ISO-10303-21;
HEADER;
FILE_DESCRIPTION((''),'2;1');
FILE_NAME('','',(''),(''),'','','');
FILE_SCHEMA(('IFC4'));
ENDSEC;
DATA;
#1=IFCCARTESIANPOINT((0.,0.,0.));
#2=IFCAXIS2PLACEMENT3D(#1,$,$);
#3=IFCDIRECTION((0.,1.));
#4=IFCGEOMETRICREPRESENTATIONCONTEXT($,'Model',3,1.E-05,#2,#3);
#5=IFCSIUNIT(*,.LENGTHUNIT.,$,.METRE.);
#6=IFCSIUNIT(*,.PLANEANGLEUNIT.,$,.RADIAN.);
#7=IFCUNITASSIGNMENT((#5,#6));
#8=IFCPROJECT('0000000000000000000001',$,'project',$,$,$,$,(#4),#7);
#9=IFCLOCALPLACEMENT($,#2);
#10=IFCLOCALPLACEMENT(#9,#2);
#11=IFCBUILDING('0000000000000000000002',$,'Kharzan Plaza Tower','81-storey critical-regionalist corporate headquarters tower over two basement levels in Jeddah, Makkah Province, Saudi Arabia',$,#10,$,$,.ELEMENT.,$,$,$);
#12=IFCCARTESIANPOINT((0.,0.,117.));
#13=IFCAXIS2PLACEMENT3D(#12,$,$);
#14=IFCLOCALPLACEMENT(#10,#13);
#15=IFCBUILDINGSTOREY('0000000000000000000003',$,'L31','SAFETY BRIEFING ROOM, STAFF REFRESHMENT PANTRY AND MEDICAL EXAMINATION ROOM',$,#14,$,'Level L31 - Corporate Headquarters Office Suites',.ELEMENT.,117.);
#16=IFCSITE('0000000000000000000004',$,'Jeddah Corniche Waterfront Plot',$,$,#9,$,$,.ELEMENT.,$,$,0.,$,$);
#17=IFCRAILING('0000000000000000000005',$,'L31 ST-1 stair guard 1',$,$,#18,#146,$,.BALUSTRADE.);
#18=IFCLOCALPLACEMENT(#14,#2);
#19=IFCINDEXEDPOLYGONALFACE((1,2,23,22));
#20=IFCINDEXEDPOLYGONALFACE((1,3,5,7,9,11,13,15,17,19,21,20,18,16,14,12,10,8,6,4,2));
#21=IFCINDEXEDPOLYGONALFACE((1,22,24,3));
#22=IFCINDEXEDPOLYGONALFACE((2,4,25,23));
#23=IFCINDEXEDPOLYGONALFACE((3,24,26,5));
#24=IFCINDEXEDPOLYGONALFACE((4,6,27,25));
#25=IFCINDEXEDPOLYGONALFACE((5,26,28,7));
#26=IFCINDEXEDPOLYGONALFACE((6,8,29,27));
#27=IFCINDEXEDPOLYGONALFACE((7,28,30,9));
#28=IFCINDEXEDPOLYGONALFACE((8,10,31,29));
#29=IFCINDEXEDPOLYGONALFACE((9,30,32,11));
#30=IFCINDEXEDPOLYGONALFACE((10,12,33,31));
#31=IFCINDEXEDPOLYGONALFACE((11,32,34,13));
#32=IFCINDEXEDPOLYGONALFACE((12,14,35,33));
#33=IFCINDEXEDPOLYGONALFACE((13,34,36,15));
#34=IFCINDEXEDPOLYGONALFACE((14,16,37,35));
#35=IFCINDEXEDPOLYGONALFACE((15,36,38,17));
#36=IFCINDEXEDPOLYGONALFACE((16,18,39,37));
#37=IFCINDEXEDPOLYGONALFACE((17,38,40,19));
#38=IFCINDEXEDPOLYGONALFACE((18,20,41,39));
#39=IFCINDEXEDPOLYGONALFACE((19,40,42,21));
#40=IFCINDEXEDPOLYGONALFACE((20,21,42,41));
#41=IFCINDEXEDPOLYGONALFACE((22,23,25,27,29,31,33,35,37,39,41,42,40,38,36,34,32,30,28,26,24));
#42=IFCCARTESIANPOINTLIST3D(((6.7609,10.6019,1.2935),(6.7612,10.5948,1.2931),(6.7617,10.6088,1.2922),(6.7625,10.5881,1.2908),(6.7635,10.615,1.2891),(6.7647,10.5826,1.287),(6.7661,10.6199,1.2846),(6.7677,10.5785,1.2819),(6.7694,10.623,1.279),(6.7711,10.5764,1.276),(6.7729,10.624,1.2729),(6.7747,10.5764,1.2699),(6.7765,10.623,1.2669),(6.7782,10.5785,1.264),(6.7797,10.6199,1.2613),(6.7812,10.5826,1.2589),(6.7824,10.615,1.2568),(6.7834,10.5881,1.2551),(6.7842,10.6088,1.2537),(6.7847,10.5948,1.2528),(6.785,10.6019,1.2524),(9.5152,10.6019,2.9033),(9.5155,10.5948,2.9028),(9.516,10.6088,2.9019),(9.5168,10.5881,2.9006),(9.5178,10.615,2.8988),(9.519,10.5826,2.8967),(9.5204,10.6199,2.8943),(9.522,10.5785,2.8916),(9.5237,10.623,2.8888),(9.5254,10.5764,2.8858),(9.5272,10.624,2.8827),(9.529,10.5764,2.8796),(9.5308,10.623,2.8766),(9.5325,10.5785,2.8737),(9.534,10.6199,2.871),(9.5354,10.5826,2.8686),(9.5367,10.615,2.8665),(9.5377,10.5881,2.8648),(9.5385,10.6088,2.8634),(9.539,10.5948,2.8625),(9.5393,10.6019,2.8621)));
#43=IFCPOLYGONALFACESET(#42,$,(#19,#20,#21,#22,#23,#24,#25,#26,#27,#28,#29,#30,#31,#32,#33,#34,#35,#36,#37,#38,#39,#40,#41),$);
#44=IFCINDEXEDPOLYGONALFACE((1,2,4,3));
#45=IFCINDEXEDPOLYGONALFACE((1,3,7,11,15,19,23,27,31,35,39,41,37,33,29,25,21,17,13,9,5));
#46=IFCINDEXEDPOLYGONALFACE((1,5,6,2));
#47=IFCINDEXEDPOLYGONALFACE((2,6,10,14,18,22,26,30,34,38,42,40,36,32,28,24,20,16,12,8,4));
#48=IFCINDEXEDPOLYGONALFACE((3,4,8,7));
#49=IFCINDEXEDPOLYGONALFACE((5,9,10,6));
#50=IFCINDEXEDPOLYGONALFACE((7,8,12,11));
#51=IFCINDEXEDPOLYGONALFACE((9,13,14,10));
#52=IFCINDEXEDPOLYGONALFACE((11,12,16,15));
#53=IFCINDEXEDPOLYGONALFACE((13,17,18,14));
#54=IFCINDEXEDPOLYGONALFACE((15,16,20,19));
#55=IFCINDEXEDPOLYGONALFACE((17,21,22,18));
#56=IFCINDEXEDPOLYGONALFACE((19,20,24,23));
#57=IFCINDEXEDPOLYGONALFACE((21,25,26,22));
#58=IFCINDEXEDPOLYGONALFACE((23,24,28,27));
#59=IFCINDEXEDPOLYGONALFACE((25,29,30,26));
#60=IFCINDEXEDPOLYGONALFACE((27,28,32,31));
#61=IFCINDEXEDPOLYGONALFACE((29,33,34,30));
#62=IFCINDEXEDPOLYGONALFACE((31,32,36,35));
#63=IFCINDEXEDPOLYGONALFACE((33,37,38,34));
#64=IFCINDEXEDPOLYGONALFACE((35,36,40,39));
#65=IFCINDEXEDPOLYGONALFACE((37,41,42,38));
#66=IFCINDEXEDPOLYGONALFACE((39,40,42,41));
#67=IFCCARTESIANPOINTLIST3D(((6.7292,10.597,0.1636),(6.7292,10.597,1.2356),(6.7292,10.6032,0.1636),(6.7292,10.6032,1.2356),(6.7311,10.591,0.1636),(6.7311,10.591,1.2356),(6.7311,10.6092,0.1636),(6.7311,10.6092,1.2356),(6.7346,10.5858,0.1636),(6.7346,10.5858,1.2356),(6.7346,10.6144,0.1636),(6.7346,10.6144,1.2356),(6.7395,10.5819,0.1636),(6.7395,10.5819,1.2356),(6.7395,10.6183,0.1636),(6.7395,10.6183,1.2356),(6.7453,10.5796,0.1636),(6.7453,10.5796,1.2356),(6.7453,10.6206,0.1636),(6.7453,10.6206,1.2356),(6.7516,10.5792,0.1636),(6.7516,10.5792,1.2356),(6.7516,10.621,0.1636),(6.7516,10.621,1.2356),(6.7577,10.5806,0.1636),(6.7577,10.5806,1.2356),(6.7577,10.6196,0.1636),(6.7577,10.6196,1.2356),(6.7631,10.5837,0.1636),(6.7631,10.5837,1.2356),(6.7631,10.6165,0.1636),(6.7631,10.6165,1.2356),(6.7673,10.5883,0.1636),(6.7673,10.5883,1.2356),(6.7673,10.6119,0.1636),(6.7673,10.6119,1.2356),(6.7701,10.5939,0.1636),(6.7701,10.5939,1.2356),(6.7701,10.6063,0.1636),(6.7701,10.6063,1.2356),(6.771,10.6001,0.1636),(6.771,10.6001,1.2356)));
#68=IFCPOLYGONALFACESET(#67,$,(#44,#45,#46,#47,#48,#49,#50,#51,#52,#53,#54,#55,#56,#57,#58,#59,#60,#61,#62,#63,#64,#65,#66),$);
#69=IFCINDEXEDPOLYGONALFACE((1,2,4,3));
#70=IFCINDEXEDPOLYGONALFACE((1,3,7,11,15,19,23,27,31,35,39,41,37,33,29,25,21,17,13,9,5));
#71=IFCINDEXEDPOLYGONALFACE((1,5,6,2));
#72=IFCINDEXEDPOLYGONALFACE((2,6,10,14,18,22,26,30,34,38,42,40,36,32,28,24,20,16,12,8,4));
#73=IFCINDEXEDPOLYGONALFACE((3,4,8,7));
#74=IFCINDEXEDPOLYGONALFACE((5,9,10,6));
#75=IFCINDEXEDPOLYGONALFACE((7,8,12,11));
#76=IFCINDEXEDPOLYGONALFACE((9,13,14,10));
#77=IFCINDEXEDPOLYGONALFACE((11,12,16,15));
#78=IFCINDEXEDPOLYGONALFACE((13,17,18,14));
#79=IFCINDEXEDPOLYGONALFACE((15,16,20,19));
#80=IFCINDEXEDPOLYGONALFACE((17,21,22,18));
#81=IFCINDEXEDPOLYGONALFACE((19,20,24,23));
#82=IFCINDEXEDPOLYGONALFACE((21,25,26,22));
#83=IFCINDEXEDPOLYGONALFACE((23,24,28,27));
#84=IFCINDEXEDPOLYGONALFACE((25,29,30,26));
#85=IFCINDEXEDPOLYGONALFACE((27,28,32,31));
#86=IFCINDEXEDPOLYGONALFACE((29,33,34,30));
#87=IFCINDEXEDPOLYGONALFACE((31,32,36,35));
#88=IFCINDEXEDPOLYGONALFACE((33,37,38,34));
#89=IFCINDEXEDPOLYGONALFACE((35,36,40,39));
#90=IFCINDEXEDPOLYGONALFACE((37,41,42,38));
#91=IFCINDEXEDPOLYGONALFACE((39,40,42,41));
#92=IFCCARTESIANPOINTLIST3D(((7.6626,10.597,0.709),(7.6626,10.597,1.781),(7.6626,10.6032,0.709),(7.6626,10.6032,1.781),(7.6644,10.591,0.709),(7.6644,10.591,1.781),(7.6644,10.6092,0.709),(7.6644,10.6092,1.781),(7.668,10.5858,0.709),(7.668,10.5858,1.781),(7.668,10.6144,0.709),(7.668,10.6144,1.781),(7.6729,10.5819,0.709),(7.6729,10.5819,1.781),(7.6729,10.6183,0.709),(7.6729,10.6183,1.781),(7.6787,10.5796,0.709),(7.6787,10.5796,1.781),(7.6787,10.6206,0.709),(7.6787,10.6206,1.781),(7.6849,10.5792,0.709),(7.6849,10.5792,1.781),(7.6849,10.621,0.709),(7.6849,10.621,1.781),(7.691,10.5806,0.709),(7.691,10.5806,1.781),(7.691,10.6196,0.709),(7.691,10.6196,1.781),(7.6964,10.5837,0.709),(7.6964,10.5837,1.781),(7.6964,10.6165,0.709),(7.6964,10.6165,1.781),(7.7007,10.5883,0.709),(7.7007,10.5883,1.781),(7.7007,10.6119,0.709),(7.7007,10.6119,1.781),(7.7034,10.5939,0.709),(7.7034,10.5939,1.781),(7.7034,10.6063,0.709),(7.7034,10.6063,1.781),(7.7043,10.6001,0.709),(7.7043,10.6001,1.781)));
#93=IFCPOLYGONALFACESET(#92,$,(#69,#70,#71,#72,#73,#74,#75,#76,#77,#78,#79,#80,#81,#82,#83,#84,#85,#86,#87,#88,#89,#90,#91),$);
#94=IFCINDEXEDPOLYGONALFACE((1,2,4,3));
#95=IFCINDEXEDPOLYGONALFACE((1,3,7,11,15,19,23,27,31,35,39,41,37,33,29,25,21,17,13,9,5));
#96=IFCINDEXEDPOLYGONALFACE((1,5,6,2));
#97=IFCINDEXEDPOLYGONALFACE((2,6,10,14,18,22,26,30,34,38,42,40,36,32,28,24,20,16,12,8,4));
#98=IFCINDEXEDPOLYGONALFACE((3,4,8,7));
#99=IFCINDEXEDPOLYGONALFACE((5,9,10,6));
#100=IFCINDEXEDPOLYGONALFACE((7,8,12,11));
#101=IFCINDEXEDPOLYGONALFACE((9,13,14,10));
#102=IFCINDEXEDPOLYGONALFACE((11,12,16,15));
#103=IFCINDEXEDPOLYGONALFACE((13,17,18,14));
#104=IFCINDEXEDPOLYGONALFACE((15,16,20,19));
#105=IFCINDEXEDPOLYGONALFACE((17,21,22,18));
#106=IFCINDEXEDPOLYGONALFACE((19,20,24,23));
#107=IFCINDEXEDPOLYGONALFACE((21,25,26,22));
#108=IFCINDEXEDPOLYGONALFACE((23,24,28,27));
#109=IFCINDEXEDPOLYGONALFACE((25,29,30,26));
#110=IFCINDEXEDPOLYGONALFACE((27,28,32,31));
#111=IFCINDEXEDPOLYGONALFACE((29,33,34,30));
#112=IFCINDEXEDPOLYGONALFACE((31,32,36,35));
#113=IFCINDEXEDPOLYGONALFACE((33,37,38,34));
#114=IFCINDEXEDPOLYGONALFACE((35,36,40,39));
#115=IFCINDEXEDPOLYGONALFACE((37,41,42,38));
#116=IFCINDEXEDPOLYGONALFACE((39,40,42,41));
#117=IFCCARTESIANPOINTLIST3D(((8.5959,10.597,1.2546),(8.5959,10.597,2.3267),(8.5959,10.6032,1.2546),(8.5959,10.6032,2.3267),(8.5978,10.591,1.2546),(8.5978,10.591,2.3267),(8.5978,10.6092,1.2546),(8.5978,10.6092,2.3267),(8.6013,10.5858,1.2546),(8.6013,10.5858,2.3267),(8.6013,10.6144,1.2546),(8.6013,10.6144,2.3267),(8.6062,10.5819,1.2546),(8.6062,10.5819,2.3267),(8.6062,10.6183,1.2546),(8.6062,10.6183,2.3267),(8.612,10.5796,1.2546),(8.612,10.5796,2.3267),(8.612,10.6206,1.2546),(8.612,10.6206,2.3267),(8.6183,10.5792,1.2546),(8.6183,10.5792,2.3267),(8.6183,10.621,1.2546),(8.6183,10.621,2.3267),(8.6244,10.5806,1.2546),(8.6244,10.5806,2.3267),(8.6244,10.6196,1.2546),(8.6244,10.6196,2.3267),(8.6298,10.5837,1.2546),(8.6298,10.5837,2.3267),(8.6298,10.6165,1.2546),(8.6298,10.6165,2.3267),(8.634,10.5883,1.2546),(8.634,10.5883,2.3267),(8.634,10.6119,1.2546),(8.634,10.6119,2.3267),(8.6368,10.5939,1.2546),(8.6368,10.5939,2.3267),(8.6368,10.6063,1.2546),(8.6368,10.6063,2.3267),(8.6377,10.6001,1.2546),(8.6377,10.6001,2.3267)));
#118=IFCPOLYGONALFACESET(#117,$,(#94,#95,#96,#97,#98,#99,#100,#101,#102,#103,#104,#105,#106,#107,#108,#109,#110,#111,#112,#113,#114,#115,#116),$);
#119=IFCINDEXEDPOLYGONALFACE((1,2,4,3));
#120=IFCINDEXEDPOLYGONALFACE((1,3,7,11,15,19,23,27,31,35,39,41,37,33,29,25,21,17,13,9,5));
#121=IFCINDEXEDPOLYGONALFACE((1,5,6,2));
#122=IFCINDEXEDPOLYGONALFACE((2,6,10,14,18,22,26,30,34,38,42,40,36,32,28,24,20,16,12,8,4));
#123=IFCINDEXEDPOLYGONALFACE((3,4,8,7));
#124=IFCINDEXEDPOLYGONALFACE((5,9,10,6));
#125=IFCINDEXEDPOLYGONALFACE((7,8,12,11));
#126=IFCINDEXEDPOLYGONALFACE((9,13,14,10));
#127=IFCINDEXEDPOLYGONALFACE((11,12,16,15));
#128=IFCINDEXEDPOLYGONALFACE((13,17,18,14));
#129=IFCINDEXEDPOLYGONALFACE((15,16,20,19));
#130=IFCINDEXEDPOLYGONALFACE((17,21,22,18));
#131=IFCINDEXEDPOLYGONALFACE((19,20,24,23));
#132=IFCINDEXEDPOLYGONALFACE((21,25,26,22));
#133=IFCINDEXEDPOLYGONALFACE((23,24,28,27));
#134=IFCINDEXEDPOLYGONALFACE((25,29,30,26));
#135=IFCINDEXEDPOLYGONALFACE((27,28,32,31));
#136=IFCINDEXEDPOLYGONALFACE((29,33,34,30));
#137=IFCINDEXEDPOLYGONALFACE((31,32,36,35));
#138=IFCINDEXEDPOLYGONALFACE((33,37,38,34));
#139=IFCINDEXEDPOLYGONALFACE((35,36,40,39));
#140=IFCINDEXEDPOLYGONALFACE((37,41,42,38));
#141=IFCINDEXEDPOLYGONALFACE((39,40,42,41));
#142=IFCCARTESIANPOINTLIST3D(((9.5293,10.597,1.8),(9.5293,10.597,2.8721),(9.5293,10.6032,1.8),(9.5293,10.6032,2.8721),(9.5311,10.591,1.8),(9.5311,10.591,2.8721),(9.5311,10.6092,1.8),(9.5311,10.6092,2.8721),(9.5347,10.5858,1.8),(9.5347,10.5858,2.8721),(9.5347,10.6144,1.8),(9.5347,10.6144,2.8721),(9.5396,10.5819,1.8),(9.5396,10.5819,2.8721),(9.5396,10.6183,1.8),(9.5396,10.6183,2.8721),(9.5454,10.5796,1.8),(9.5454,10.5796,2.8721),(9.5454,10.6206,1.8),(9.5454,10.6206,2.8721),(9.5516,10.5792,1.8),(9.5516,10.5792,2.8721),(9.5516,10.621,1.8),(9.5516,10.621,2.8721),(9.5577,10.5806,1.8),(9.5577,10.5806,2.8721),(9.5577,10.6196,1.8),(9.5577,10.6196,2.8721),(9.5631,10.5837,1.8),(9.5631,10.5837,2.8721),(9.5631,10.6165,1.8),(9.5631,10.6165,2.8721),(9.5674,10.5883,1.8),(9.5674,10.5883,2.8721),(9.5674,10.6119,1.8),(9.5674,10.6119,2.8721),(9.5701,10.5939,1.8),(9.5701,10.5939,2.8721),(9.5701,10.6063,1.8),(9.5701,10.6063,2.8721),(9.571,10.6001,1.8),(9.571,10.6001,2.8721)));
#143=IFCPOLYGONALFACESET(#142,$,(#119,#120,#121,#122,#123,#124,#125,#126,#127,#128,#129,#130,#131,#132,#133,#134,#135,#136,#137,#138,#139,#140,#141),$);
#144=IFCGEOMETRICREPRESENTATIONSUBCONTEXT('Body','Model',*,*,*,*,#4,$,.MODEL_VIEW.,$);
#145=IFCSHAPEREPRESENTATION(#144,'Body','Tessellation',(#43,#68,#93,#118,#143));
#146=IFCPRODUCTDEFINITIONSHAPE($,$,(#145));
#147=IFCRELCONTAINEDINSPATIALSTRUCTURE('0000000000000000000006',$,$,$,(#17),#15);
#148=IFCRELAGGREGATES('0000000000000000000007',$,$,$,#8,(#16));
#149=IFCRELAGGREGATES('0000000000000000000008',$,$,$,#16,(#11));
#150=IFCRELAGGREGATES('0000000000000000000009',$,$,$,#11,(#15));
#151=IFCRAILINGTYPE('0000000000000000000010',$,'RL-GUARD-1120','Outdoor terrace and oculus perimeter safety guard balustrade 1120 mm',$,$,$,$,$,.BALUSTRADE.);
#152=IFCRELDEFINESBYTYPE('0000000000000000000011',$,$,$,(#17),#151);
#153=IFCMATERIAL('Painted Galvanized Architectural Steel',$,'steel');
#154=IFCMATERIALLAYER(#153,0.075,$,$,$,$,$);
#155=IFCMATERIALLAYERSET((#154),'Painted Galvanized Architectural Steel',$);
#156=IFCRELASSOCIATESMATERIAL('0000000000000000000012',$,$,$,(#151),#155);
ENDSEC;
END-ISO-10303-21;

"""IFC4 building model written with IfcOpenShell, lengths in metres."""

from ifc_helpers import new_model, si_unit, direction, frame, origin, origin_2d, place, context, subcontext, project, spatial, circle, extrude, source, transform, mapped, material, layer, layer_set, type_object, element, save


model = new_model("IFC4")

# Units and contexts
model_context = context("Model", 3, precision=1e-05, world=origin(), true_north=direction((0.0, 1.0)))
body_context = subcontext(model_context, "Body", "Model", "MODEL_VIEW")
ifc_project = project(units=[si_unit("LENGTHUNIT", "METRE"), si_unit("PLANEANGLEUNIT", "RADIAN")], contexts=[model_context])

# Site, building, storey
site_placement = place(None, origin())
site = spatial("IfcSite", under=ifc_project, at=site_placement, Name="Jeddah Corniche Waterfront Plot", CompositionType="ELEMENT", RefElevation=0.0)
building_placement = place(site_placement, origin())
building = spatial("IfcBuilding", under=site, at=building_placement, Name="Kharzan Plaza Tower", Description="81-storey critical-regionalist corporate headquarters tower over two basement levels in Jeddah, Makkah Province, Saudi Arabia", CompositionType="ELEMENT")
storey_placement = place(building_placement, frame((0.0, 0.0, 117.0)))
storey = spatial("IfcBuildingStorey", under=building, at=storey_placement, Name="L31", Description="SAFETY BRIEFING ROOM, STAFF REFRESHMENT PANTRY AND MEDICAL EXAMINATION ROOM", LongName="Level L31 - Corporate Headquarters Office Suites", CompositionType="ELEMENT", Elevation=117.0)

# Railing
ifc_material_1 = material(Name="Painted Galvanized Architectural Steel", Category="steel")
ifc_layer_1 = layer(ifc_material_1, 0.075)
ifc_layer_set_1 = layer_set([ifc_layer_1], Name="Painted Galvanized Architectural Steel")
railing_type_1 = type_object("IfcRailingType", Name="RL-GUARD-1120", Description="Outdoor terrace and oculus perimeter safety guard balustrade 1120 mm", PredefinedType="BALUSTRADE", material=ifc_layer_set_1)
shared_shape_1 = source(origin(), body_context, "Body", "SweptSolid", [
    extrude(circle(Radius=0.0239, at=origin_2d()), frame((0.0229, 0.0, 1.1094), z_axis=(0.863361, 0.0, 0.504587), x_axis=(0.0, 1.0, 0.0)), (0.0, 0.0, 1.0), 3.1902),
    extrude(circle(Radius=0.021, at=origin_2d()), origin(), (0.0, 0.0, 1.0), 1.072),
    extrude(circle(Radius=0.021, at=origin_2d()), frame((0.9333, 0.0, 0.5454)), (0.0, 0.0, 1.0), 1.072),
    extrude(circle(Radius=0.021, at=origin_2d()), frame((1.8667, 0.0, 1.0911)), (0.0, 0.0, 1.0), 1.072),
    extrude(circle(Radius=0.021, at=origin_2d()), frame((2.8, 0.0, 1.6365)), (0.0, 0.0, 1.0), 1.072),
])
railing_1_placement = place(storey_placement, frame((6.75, 10.6001, 0.1636)))
element("IfcRailing", 1, at=railing_1_placement, inside=storey, type_object=railing_type_1, Name="L31 ST-1 stair guard 1", PredefinedType="BALUSTRADE", context=body_context, shape_type="MappedRepresentation", body=[
    mapped(shared_shape_1, transform((0.0, 0.0, 0.0), x_axis=(1.0, 0.0, 0.0), y_axis=(0.0, 1.0, 0.0), z_axis=(0.0, 0.0, 1.0))),
])

save(model, "model.ifc")
